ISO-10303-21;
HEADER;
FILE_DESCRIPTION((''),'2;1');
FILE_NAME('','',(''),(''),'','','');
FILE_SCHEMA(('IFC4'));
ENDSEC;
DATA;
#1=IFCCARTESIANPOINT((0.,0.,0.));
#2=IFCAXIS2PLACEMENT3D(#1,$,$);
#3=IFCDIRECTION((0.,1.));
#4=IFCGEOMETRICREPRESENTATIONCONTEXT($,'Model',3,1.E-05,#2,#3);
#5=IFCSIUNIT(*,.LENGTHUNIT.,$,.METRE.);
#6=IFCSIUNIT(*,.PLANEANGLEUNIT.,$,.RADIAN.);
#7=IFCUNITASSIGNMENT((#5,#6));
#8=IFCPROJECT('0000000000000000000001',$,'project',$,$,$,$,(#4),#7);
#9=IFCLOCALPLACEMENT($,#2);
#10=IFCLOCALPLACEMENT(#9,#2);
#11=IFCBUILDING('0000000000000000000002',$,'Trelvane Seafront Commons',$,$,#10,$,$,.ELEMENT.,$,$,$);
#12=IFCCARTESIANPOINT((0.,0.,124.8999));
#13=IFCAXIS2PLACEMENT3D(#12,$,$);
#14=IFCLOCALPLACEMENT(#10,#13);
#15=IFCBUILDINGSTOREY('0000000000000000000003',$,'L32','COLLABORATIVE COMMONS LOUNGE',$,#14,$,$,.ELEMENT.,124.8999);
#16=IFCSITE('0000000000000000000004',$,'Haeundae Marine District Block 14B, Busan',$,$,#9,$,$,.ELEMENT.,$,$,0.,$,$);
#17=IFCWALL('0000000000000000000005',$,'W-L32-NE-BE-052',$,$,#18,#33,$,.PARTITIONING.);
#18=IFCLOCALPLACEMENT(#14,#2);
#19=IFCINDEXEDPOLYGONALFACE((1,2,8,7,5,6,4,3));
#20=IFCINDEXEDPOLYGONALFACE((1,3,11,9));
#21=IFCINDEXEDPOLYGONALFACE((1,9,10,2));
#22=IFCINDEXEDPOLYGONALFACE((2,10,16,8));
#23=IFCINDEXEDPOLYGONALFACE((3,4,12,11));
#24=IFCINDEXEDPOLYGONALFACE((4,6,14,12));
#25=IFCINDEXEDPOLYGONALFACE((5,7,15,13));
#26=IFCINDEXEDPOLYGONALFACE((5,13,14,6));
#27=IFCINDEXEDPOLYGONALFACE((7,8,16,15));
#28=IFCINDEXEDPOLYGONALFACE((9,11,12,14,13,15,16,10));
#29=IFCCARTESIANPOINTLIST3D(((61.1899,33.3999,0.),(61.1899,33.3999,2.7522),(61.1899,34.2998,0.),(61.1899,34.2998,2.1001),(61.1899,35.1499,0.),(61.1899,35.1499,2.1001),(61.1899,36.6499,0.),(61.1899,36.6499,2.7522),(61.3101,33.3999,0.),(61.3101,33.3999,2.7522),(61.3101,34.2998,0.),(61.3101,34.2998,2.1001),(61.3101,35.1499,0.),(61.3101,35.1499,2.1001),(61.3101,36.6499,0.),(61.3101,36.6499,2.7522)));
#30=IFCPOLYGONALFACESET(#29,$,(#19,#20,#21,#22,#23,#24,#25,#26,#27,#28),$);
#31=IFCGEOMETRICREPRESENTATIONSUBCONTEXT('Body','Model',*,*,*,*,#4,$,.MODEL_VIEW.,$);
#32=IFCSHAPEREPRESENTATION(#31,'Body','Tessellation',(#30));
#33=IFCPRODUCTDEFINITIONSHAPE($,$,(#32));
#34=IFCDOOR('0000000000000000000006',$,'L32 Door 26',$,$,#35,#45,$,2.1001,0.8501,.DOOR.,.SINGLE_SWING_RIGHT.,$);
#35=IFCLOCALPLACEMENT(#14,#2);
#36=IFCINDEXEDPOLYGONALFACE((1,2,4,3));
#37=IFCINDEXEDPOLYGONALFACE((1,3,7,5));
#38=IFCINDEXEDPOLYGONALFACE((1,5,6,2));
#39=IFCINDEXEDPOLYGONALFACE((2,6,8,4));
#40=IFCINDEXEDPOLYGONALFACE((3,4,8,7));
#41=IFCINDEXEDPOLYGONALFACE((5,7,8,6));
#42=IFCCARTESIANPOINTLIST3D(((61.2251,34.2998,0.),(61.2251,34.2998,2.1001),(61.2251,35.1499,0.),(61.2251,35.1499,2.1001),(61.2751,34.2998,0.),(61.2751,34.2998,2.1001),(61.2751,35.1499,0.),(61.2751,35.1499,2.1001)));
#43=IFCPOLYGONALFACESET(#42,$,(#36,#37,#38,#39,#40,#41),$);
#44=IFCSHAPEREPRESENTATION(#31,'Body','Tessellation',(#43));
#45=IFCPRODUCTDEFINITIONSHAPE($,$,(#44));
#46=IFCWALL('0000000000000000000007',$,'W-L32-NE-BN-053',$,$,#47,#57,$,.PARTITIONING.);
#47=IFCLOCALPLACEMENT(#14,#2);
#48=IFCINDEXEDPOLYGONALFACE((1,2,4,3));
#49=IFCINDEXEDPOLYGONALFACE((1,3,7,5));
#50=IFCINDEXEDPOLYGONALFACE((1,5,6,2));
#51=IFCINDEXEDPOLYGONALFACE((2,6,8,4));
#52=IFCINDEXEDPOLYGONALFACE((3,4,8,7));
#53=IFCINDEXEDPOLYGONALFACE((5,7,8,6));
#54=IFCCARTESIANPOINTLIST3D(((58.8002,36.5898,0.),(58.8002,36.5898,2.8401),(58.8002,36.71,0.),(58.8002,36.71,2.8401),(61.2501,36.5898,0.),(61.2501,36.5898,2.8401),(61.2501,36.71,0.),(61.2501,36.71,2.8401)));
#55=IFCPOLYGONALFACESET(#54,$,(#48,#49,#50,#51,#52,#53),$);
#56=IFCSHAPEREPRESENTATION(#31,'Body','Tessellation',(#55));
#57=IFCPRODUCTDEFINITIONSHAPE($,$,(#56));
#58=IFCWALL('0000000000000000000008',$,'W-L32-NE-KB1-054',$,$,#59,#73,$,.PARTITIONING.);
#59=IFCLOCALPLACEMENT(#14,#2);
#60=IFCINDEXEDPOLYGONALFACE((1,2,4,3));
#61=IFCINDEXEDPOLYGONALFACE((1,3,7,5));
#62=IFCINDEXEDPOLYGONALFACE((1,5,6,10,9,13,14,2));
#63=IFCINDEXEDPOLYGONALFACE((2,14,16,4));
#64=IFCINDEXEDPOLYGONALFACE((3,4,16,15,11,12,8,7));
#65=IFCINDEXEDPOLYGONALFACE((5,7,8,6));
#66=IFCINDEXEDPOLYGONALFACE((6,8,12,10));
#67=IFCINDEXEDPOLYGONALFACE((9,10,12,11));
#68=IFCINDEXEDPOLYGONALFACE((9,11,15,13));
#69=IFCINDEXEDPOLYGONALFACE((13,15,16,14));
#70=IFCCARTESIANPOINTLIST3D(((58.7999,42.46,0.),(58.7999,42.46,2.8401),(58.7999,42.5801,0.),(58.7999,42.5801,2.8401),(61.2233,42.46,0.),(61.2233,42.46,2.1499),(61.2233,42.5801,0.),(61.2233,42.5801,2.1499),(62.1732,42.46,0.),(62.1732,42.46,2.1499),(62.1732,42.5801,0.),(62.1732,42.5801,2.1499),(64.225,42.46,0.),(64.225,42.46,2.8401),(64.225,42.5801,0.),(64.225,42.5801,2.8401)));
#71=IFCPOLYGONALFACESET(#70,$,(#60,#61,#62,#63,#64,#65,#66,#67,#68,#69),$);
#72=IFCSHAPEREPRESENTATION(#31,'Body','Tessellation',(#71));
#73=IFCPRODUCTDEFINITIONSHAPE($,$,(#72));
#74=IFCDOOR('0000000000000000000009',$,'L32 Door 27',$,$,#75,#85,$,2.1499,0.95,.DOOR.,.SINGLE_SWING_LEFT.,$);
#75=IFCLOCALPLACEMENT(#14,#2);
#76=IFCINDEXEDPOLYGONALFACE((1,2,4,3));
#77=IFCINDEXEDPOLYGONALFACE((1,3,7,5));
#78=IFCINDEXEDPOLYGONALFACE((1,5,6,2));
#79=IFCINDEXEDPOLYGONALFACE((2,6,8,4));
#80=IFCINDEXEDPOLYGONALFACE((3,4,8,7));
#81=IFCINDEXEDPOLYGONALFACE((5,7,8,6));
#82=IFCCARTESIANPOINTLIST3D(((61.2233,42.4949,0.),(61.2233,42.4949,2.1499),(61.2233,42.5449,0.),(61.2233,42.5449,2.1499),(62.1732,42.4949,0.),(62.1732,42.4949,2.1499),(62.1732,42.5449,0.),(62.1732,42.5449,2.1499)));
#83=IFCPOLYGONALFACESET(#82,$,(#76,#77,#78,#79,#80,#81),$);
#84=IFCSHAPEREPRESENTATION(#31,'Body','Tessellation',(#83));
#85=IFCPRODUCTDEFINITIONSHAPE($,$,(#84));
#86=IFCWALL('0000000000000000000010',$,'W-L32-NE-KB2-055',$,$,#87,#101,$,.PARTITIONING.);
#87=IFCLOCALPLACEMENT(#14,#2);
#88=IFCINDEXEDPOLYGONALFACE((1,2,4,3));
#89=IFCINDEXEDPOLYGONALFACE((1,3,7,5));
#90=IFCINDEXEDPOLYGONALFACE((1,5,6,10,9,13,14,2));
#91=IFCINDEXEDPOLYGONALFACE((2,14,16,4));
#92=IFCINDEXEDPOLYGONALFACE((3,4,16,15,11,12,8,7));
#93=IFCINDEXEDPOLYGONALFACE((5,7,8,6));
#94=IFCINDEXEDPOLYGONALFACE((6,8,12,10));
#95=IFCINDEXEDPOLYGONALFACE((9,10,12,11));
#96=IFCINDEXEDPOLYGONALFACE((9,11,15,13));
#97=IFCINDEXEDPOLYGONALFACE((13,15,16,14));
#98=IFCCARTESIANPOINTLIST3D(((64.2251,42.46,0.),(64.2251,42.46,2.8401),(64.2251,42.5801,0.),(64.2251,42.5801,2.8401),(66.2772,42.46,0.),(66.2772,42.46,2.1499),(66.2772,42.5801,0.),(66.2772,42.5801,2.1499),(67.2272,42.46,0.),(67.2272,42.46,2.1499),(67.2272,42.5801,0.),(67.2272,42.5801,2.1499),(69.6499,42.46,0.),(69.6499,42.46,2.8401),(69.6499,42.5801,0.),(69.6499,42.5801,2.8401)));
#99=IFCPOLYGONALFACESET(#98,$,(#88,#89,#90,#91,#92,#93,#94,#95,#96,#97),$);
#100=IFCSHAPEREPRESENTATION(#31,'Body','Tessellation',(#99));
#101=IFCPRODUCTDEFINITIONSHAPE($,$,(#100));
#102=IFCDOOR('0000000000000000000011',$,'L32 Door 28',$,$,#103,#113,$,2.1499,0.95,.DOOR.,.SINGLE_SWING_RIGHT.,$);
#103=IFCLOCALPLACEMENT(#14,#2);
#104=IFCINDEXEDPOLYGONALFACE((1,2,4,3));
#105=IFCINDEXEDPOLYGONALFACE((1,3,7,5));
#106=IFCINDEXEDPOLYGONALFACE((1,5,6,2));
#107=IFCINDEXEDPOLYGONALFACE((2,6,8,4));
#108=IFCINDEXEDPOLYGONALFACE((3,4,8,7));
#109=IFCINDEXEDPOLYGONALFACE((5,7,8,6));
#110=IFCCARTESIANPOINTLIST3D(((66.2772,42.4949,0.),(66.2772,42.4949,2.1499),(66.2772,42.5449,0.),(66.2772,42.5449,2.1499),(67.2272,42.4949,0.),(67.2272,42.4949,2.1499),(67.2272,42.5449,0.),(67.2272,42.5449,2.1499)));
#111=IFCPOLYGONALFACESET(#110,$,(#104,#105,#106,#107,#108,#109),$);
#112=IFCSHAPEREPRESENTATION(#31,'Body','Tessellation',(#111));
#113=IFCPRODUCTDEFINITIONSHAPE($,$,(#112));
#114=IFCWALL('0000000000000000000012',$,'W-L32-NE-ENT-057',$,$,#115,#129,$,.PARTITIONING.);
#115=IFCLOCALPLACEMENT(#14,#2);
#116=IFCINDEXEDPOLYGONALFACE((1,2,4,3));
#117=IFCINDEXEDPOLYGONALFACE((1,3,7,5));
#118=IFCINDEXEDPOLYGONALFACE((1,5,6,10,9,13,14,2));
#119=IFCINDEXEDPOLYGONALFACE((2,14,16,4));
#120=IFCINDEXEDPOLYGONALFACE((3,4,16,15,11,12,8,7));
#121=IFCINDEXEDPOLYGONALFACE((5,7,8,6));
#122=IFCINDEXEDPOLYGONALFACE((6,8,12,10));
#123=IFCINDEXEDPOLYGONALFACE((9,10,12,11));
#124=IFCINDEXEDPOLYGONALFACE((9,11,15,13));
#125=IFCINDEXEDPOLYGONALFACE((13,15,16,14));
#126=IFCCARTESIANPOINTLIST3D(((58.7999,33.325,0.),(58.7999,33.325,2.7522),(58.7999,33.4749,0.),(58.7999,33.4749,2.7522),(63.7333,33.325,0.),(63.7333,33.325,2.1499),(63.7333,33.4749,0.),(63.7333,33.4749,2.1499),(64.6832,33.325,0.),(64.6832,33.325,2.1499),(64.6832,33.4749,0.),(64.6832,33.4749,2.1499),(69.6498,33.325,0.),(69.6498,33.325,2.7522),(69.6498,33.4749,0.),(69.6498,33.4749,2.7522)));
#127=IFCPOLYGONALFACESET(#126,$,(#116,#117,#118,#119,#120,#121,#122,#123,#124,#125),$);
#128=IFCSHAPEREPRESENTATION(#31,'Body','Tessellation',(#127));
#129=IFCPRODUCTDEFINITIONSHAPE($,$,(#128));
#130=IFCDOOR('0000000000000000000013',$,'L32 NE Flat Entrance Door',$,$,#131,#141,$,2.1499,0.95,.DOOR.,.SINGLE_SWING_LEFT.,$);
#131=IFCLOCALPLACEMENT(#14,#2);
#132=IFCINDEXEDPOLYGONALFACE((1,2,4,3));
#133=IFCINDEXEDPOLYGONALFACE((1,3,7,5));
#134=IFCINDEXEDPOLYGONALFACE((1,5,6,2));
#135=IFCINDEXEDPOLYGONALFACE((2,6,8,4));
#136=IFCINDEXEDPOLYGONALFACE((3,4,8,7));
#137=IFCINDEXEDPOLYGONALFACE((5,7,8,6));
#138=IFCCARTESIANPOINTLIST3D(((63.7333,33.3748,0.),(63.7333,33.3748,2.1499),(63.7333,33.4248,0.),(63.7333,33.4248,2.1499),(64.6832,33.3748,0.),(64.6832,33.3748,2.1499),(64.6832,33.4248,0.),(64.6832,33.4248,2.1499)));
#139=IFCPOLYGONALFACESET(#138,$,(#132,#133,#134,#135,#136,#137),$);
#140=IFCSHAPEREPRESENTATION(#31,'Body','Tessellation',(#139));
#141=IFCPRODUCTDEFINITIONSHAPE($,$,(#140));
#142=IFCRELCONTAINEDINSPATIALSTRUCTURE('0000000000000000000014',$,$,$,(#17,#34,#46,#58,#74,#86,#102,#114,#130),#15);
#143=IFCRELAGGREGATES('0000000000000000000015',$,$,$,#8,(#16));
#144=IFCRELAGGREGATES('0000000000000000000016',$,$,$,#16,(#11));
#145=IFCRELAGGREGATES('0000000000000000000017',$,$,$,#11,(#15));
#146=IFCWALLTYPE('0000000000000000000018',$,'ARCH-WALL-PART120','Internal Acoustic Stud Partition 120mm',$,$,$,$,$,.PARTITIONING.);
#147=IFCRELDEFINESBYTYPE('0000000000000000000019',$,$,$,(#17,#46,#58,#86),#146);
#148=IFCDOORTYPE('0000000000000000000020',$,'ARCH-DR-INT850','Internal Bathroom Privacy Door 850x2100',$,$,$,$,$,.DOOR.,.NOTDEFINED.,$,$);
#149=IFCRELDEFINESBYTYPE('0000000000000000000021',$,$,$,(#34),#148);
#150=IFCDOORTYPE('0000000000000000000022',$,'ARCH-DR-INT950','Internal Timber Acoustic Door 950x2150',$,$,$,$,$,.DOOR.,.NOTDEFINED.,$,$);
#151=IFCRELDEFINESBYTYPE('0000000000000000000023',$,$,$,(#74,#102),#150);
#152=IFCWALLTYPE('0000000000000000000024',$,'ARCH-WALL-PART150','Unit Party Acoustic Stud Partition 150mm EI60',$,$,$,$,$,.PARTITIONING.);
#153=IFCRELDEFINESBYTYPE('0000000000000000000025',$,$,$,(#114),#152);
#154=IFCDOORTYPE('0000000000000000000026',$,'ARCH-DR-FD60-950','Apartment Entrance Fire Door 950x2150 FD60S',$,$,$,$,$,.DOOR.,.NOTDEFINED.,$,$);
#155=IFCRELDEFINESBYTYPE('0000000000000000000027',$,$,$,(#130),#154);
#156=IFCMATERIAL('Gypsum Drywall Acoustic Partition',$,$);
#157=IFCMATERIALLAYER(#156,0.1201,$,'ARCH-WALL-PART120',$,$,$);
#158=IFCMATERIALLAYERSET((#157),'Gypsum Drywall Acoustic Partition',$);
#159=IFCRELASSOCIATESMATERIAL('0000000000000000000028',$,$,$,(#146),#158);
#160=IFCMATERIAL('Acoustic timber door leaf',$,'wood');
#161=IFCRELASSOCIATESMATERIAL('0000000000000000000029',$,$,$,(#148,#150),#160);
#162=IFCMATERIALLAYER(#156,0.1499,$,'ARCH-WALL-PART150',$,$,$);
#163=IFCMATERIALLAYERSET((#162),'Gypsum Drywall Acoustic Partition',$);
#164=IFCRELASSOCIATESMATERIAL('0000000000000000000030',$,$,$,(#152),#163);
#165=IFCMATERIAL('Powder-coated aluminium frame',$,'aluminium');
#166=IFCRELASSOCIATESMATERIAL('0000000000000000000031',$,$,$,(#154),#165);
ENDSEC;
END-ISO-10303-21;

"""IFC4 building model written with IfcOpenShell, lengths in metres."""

from ifc_helpers import new_model, si_unit, direction, frame, frame_2d, origin, place, context, subcontext, project, spatial, rectangle, extrude, source, transform, mapped, material, layer, layer_set, type_object, element, fill, save


model = new_model("IFC4")

# Units and contexts
model_context = context("Model", 3, precision=1e-05, world=origin(), true_north=direction((0.0, 1.0)))
body_context = subcontext(model_context, "Body", "Model", "MODEL_VIEW")
ifc_project = project(units=[si_unit("LENGTHUNIT", "METRE"), si_unit("PLANEANGLEUNIT", "RADIAN")], contexts=[model_context])

# Site, building, storey
site_placement = place(None, origin())
site = spatial("IfcSite", under=ifc_project, at=site_placement, Name="Haeundae Marine District Block 14B, Busan", CompositionType="ELEMENT", RefElevation=0.0)
building_placement = place(site_placement, origin())
building = spatial("IfcBuilding", under=site, at=building_placement, Name="Trelvane Seafront Commons", CompositionType="ELEMENT")
storey_placement = place(building_placement, frame((0.0, 0.0, 124.8999)))
storey = spatial("IfcBuildingStorey", under=building, at=storey_placement, Name="L32", Description="COLLABORATIVE COMMONS LOUNGE", CompositionType="ELEMENT", Elevation=124.8999)

# Wall, opening, door
ifc_material_1 = material(Name="Gypsum Drywall Acoustic Partition")
ifc_layer_1 = layer(ifc_material_1, 0.1201, Name="ARCH-WALL-PART120")
ifc_layer_set_1 = layer_set([ifc_layer_1], Name="Gypsum Drywall Acoustic Partition")
wall_type_1 = type_object("IfcWallType", Name="ARCH-WALL-PART120", Description="Internal Acoustic Stud Partition 120mm", PredefinedType="PARTITIONING", material=ifc_layer_set_1)
wall_1_placement = place(storey_placement, frame((61.25, 33.3999, 0.0), z_axis=(0.0, 0.0, 1.0), x_axis=(0.0, 1.0, 0.0)))
wall_1 = element("IfcWall", 1, at=wall_1_placement, inside=storey, type_object=wall_type_1, Name="W-L32-NE-BE-052", PredefinedType="PARTITIONING", context=body_context, shape_type="SweptSolid", body=[
    extrude(rectangle(XDim=3.25, YDim=0.1201, at=frame_2d((1.625, 0.0))), origin(), (0.0, 0.0, 1.0), 2.7522),
])
opening_1_placement = place(wall_1_placement, frame((0.8999, 0.0, 0.0)))
opening_1 = element("IfcOpeningElement", 2, at=opening_1_placement, cuts=wall_1, PredefinedType="OPENING", context=body_context, shape_type="SweptSolid", body=[
    extrude(rectangle(XDim=0.8501, YDim=2.1001, at=frame_2d((0.425, 1.05))), frame((0.0, 0.0701, 0.0), z_axis=(0.0, -1.0, 0.0), x_axis=(1.0, 0.0, 0.0)), (0.0, 0.0, 1.0), 0.1401),
])
ifc_material_2 = material(Name="Acoustic timber door leaf", Category="wood")
door_type_1 = type_object("IfcDoorType", Name="ARCH-DR-INT850", Description="Internal Bathroom Privacy Door 850x2100", OperationType="NOTDEFINED", PredefinedType="DOOR", material=ifc_material_2)
shared_shape_1 = source(origin(), body_context, "Body", "SweptSolid", [
    extrude(rectangle(XDim=0.8501, YDim=2.1001, at=frame_2d((0.425, 1.05))), frame((0.0, 0.0249, 0.0), z_axis=(0.0, -1.0, 0.0), x_axis=(1.0, 0.0, 0.0)), (0.0, 0.0, 1.0), 0.05),
])
door_1_placement = place(opening_1_placement, origin())
door_1 = element("IfcDoor", 3, at=door_1_placement, inside=storey, type_object=door_type_1, Name="L32 Door 26", OperationType="SINGLE_SWING_RIGHT", OverallHeight=2.1001, OverallWidth=0.8501, PredefinedType="DOOR", context=body_context, shape_type="MappedRepresentation", body=[
    mapped(shared_shape_1, transform((0.0, 0.0, 0.0), x_axis=(1.0, 0.0, 0.0), y_axis=(0.0, 1.0, 0.0), z_axis=(0.0, 0.0, 1.0), scale=1.0)),
])
fill(opening_1, door_1)

# Wall
wall_2_placement = place(storey_placement, frame((58.8, 36.6499, 0.0), z_axis=(0.0, 0.0, 1.0), x_axis=(1.0, 0.0, 0.0)))
element("IfcWall", 4, at=wall_2_placement, inside=storey, type_object=wall_type_1, Name="W-L32-NE-BN-053", PredefinedType="PARTITIONING", context=body_context, shape_type="SweptSolid", body=[
    extrude(rectangle(XDim=2.45, YDim=0.1201, at=frame_2d((1.2251, 0.0))), origin(), (0.0, 0.0, 1.0), 2.8401),
])

# Walls, openings, doors
wall_3_placement = place(storey_placement, frame((58.8, 42.52, 0.0), z_axis=(0.0, 0.0, 1.0), x_axis=(1.0, 0.0, 0.0)))
wall_3 = element("IfcWall", 5, at=wall_3_placement, inside=storey, type_object=wall_type_1, Name="W-L32-NE-KB1-054", PredefinedType="PARTITIONING", context=body_context, shape_type="SweptSolid", body=[
    extrude(rectangle(XDim=5.425, YDim=0.1201, at=frame_2d((2.7124, 0.0))), origin(), (0.0, 0.0, 1.0), 2.8401),
])
opening_2_placement = place(wall_3_placement, frame((2.4231, 0.0, 0.0)))
opening_2 = element("IfcOpeningElement", 6, at=opening_2_placement, cuts=wall_3, PredefinedType="OPENING", context=body_context, shape_type="SweptSolid", body=[
    extrude(rectangle(XDim=0.95, YDim=2.1499, at=frame_2d((0.4751, 1.075))), frame((0.0, 0.0701, 0.0), z_axis=(0.0, -1.0, 0.0), x_axis=(1.0, 0.0, 0.0)), (0.0, 0.0, 1.0), 0.1401),
])
door_type_2 = type_object("IfcDoorType", Name="ARCH-DR-INT950", Description="Internal Timber Acoustic Door 950x2150", OperationType="NOTDEFINED", PredefinedType="DOOR", material=ifc_material_2)
shared_shape_2 = source(origin(), body_context, "Body", "SweptSolid", [
    extrude(rectangle(XDim=0.95, YDim=2.1499, at=frame_2d((0.4751, 1.075))), frame((0.0, 0.0249, 0.0), z_axis=(0.0, -1.0, 0.0), x_axis=(1.0, 0.0, 0.0)), (0.0, 0.0, 1.0), 0.05),
])
door_2_placement = place(opening_2_placement, origin())
door_2 = element("IfcDoor", 7, at=door_2_placement, inside=storey, type_object=door_type_2, Name="L32 Door 27", OperationType="SINGLE_SWING_LEFT", OverallHeight=2.1499, OverallWidth=0.95, PredefinedType="DOOR", context=body_context, shape_type="MappedRepresentation", body=[
    mapped(shared_shape_2, transform((0.0, 0.0, 0.0), x_axis=(1.0, 0.0, 0.0), y_axis=(0.0, 1.0, 0.0), z_axis=(0.0, 0.0, 1.0), scale=1.0)),
])
fill(opening_2, door_2)
wall_4_placement = place(storey_placement, frame((64.2251, 42.52, 0.0), z_axis=(0.0, 0.0, 1.0), x_axis=(1.0, 0.0, 0.0)))
wall_4 = element("IfcWall", 8, at=wall_4_placement, inside=storey, type_object=wall_type_1, Name="W-L32-NE-KB2-055", PredefinedType="PARTITIONING", context=body_context, shape_type="SweptSolid", body=[
    extrude(rectangle(XDim=5.4248, YDim=0.1201, at=frame_2d((2.7124, 0.0))), origin(), (0.0, 0.0, 1.0), 2.8401),
])
opening_3_placement = place(wall_4_placement, frame((2.052, 0.0, 0.0)))
opening_3 = element("IfcOpeningElement", 9, at=opening_3_placement, cuts=wall_4, PredefinedType="OPENING", context=body_context, shape_type="SweptSolid", body=[
    extrude(rectangle(XDim=0.95, YDim=2.1499, at=frame_2d((0.4751, 1.075))), frame((0.0, 0.0701, 0.0), z_axis=(0.0, -1.0, 0.0), x_axis=(1.0, 0.0, 0.0)), (0.0, 0.0, 1.0), 0.1401),
])
door_3_placement = place(opening_3_placement, origin())
door_3 = element("IfcDoor", 10, at=door_3_placement, inside=storey, type_object=door_type_2, Name="L32 Door 28", OperationType="SINGLE_SWING_RIGHT", OverallHeight=2.1499, OverallWidth=0.95, PredefinedType="DOOR", context=body_context, shape_type="MappedRepresentation", body=[
    mapped(shared_shape_2, transform((0.0, 0.0, 0.0), x_axis=(1.0, 0.0, 0.0), y_axis=(0.0, 1.0, 0.0), z_axis=(0.0, 0.0, 1.0), scale=1.0)),
])
fill(opening_3, door_3)
ifc_layer_2 = layer(ifc_material_1, 0.1499, Name="ARCH-WALL-PART150")
ifc_layer_set_2 = layer_set([ifc_layer_2], Name="Gypsum Drywall Acoustic Partition")
wall_type_2 = type_object("IfcWallType", Name="ARCH-WALL-PART150", Description="Unit Party Acoustic Stud Partition 150mm EI60", PredefinedType="PARTITIONING", material=ifc_layer_set_2)
wall_5_placement = place(storey_placement, frame((58.8, 33.3999, 0.0), z_axis=(0.0, 0.0, 1.0), x_axis=(1.0, 0.0, 0.0)))
wall_5 = element("IfcWall", 11, at=wall_5_placement, inside=storey, type_object=wall_type_2, Name="W-L32-NE-ENT-057", PredefinedType="PARTITIONING", context=body_context, shape_type="SweptSolid", body=[
    extrude(rectangle(XDim=10.8499, YDim=0.1499, at=frame_2d((5.4248, 0.0))), origin(), (0.0, 0.0, 1.0), 2.7522),
])
opening_4_placement = place(wall_5_placement, frame((4.9331, 0.0, 0.0)))
opening_4 = element("IfcOpeningElement", 12, at=opening_4_placement, cuts=wall_5, PredefinedType="OPENING", context=body_context, shape_type="SweptSolid", body=[
    extrude(rectangle(XDim=0.95, YDim=2.1499, at=frame_2d((0.4751, 1.075))), frame((0.0, 0.085, 0.0), z_axis=(0.0, -1.0, 0.0), x_axis=(1.0, 0.0, 0.0)), (0.0, 0.0, 1.0), 0.1699),
])
ifc_material_3 = material(Name="Powder-coated aluminium frame", Category="aluminium")
door_type_3 = type_object("IfcDoorType", Name="ARCH-DR-FD60-950", Description="Apartment Entrance Fire Door 950x2150 FD60S", OperationType="NOTDEFINED", PredefinedType="DOOR", material=ifc_material_3)
door_4_placement = place(opening_4_placement, origin())
door_4 = element("IfcDoor", 13, at=door_4_placement, inside=storey, type_object=door_type_3, Name="L32 NE Flat Entrance Door", OperationType="SINGLE_SWING_LEFT", OverallHeight=2.1499, OverallWidth=0.95, PredefinedType="DOOR", context=body_context, shape_type="MappedRepresentation", body=[
    mapped(shared_shape_2, transform((0.0, 0.0, 0.0), x_axis=(1.0, 0.0, 0.0), y_axis=(0.0, 1.0, 0.0), z_axis=(0.0, 0.0, 1.0), scale=1.0)),
])
fill(opening_4, door_4)

save(model, "model.ifc")
